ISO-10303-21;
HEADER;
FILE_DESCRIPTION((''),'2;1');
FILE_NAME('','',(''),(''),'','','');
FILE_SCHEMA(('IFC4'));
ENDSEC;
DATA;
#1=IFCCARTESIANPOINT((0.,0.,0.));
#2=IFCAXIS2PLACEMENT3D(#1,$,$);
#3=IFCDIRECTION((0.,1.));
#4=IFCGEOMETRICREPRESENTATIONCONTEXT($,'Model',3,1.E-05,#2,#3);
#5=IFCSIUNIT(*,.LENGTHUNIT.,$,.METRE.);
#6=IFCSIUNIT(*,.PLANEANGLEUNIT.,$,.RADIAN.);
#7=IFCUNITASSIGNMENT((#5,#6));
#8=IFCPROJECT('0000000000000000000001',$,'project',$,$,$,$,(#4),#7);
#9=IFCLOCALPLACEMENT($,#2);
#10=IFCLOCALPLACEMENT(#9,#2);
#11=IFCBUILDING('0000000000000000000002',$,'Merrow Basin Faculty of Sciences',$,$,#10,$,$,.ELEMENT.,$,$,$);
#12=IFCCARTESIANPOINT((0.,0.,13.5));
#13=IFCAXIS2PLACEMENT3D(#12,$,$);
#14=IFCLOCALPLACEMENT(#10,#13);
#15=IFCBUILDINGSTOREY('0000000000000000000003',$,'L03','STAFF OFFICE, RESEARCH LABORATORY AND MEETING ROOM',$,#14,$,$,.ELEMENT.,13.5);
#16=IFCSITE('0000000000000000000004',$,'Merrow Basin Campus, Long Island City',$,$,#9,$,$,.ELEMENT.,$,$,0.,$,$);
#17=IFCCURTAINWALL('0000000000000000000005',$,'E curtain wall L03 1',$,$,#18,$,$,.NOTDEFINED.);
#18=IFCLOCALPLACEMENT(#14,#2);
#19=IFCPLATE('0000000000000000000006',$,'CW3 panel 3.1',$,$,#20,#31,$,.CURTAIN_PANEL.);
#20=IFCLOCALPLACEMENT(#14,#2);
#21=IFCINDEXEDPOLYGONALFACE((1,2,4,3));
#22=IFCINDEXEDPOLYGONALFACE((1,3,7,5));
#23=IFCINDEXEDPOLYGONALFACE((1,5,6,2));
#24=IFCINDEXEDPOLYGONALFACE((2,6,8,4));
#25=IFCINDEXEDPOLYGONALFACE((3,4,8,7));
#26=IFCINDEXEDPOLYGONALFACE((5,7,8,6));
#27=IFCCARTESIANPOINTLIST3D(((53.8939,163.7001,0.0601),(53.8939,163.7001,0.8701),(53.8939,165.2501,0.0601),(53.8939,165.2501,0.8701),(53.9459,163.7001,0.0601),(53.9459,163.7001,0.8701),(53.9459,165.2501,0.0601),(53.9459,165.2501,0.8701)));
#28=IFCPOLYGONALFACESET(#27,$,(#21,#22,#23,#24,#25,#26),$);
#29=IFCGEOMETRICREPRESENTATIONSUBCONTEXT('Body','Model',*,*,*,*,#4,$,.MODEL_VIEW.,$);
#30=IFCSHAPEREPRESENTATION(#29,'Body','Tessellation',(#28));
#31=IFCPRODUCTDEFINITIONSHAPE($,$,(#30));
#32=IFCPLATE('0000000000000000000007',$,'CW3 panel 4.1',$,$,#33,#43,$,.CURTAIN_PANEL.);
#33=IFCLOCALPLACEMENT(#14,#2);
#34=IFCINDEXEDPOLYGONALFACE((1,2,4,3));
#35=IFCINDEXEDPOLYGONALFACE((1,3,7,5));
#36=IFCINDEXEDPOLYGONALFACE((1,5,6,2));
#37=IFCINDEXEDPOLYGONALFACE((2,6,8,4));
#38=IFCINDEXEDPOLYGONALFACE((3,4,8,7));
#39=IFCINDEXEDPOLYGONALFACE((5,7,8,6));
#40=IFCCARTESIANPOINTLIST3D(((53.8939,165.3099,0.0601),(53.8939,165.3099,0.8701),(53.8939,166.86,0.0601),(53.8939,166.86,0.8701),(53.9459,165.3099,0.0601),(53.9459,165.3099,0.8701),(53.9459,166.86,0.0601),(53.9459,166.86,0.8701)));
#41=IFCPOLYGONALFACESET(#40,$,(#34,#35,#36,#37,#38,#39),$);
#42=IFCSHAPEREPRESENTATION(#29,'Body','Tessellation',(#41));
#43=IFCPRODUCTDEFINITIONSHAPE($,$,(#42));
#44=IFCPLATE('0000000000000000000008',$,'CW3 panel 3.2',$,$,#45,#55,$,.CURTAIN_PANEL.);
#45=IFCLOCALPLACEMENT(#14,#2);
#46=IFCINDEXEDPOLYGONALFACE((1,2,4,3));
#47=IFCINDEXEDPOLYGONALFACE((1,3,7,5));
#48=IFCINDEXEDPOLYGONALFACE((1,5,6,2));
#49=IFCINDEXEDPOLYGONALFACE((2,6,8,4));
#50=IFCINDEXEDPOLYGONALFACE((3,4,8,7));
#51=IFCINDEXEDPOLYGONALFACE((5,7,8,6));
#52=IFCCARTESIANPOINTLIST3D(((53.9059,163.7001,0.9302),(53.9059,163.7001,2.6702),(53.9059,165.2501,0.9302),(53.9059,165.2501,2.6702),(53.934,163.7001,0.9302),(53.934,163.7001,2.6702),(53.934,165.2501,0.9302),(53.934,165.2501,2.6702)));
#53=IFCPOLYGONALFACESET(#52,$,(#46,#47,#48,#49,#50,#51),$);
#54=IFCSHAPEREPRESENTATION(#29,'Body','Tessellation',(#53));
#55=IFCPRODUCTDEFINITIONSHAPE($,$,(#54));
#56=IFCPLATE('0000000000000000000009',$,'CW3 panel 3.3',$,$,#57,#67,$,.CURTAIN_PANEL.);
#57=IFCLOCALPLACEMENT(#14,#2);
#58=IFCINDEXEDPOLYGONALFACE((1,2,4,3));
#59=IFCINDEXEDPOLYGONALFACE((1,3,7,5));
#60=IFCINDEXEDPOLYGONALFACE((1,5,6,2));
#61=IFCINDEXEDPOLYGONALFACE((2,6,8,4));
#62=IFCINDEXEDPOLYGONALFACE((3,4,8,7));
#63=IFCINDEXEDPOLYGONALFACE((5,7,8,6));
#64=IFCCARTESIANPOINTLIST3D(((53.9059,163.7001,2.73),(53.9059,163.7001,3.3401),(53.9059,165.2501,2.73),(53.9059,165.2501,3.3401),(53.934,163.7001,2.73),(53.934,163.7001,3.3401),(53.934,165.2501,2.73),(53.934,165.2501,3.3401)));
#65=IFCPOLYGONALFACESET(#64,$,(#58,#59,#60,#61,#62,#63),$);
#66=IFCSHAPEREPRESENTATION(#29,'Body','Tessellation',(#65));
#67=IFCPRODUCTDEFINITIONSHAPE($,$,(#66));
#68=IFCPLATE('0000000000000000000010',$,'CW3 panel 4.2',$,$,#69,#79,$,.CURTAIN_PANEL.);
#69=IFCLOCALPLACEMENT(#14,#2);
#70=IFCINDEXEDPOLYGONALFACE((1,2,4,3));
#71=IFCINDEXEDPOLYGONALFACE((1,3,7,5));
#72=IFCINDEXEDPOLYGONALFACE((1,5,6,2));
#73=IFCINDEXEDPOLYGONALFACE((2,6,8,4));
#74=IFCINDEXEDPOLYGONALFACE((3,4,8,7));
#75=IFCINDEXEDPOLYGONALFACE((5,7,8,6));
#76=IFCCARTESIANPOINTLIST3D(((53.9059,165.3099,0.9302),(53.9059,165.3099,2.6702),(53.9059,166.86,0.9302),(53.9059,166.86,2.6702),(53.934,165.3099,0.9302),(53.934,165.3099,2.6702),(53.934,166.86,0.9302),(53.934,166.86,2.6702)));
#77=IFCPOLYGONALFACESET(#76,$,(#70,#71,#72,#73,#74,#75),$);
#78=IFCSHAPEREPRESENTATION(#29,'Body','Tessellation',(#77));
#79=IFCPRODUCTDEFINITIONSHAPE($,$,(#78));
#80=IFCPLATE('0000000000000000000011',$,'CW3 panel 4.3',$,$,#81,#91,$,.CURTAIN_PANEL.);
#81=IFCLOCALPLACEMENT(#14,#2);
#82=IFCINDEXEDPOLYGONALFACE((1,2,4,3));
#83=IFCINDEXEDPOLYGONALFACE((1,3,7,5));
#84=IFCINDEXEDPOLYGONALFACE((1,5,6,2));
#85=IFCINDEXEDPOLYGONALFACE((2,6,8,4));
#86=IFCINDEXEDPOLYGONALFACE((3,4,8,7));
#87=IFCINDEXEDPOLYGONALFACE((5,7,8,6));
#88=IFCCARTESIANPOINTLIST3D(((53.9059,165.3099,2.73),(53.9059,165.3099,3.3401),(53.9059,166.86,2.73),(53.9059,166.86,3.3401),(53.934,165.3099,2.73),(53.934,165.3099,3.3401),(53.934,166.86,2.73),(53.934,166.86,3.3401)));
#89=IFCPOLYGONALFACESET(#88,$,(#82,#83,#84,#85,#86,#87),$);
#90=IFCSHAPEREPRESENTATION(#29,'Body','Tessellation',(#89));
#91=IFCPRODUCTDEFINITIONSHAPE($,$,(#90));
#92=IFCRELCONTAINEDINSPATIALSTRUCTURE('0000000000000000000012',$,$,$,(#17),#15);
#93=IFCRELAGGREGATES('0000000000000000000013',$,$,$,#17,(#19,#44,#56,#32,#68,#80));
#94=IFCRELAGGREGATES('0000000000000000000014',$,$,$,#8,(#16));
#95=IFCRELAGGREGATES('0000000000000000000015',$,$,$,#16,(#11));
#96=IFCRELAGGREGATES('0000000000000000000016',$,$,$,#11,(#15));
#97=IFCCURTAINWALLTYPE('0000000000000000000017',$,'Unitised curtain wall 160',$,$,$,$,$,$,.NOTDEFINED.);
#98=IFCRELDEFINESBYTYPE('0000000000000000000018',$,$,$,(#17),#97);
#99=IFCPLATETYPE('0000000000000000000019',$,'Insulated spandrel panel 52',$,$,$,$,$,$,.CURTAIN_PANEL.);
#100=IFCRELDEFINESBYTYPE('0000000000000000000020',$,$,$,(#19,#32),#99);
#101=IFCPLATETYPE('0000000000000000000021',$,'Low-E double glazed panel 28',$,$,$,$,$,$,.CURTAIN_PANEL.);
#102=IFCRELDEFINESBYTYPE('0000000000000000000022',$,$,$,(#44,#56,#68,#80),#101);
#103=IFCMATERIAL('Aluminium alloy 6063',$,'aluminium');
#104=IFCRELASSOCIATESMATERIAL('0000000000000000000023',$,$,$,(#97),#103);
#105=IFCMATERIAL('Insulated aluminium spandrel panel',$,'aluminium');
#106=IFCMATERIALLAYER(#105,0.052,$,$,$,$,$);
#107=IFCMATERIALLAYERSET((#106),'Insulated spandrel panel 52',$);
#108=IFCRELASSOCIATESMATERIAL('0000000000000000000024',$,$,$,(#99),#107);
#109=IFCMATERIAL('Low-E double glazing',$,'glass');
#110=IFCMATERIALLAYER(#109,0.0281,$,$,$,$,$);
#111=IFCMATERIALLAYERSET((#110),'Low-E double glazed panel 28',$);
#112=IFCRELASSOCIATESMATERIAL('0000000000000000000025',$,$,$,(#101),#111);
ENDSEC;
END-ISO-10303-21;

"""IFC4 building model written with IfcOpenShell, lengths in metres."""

from ifc_helpers import new_model, si_unit, direction, frame, origin, origin_2d, place, context, subcontext, project, spatial, rectangle, extrude, material, layer, layer_set, type_object, element, aggregate, save


model = new_model("IFC4")

# Units and contexts
model_context = context("Model", 3, precision=1e-05, world=origin(), true_north=direction((0.0, 1.0)))
body_context = subcontext(model_context, "Body", "Model", "MODEL_VIEW")
ifc_project = project(units=[si_unit("LENGTHUNIT", "METRE"), si_unit("PLANEANGLEUNIT", "RADIAN")], contexts=[model_context])

# Site, building, storey
site_placement = place(None, origin())
site = spatial("IfcSite", under=ifc_project, at=site_placement, Name="Merrow Basin Campus, Long Island City", CompositionType="ELEMENT", RefElevation=0.0)
building_placement = place(site_placement, origin())
building = spatial("IfcBuilding", under=site, at=building_placement, Name="Merrow Basin Faculty of Sciences", CompositionType="ELEMENT")
storey_placement = place(building_placement, frame((0.0, 0.0, 13.5)))
storey = spatial("IfcBuildingStorey", under=building, at=storey_placement, Name="L03", Description="STAFF OFFICE, RESEARCH LABORATORY AND MEETING ROOM", CompositionType="ELEMENT", Elevation=13.5)

# Curtain wall, plates
ifc_material_1 = material(Name="Aluminium alloy 6063", Category="aluminium")
curtain_wall_type = type_object("IfcCurtainWallType", Name="Unitised curtain wall 160", PredefinedType="NOTDEFINED", material=ifc_material_1)
curtain_wall_placement = place(storey_placement, origin())
curtain_wall = element("IfcCurtainWall", 1, at=curtain_wall_placement, inside=storey, type_object=curtain_wall_type, Name="E curtain wall L03 1", PredefinedType="NOTDEFINED")
ifc_material_2 = material(Name="Insulated aluminium spandrel panel", Category="aluminium")
ifc_layer_1 = layer(ifc_material_2, 0.052)
ifc_layer_set_1 = layer_set([ifc_layer_1], Name="Insulated spandrel panel 52")
plate_type_1 = type_object("IfcPlateType", Name="Insulated spandrel panel 52", PredefinedType="CURTAIN_PANEL", material=ifc_layer_set_1)
plate_1_placement = place(storey_placement, frame((53.9199, 164.4751, 0.0601), z_axis=(0.0, 0.0, 1.0), x_axis=(0.0, 1.0, 0.0)))
plate_1 = element("IfcPlate", 2, at=plate_1_placement, type_object=plate_type_1, Name="CW3 panel 3.1", PredefinedType="CURTAIN_PANEL", context=body_context, shape_type="SweptSolid", body=[
    extrude(rectangle(XDim=1.55, YDim=0.052, at=origin_2d()), origin(), (0.0, 0.0, 1.0), 0.8101),
])
plate_2_placement = place(storey_placement, frame((53.9199, 166.085, 0.0601), z_axis=(0.0, 0.0, 1.0), x_axis=(0.0, 1.0, 0.0)))
plate_2 = element("IfcPlate", 3, at=plate_2_placement, type_object=plate_type_1, Name="CW3 panel 4.1", PredefinedType="CURTAIN_PANEL", context=body_context, shape_type="SweptSolid", body=[
    extrude(rectangle(XDim=1.55, YDim=0.052, at=origin_2d()), origin(), (0.0, 0.0, 1.0), 0.8101),
])
ifc_material_3 = material(Name="Low-E double glazing", Category="glass")
ifc_layer_2 = layer(ifc_material_3, 0.0281)
ifc_layer_set_2 = layer_set([ifc_layer_2], Name="Low-E double glazed panel 28")
plate_type_2 = type_object("IfcPlateType", Name="Low-E double glazed panel 28", PredefinedType="CURTAIN_PANEL", material=ifc_layer_set_2)
plate_3_placement = place(storey_placement, frame((53.9199, 164.4751, 0.9302), z_axis=(0.0, 0.0, 1.0), x_axis=(0.0, 1.0, 0.0)))
plate_3 = element("IfcPlate", 4, at=plate_3_placement, type_object=plate_type_2, Name="CW3 panel 3.2", PredefinedType="CURTAIN_PANEL", context=body_context, shape_type="SweptSolid", body=[
    extrude(rectangle(XDim=1.55, YDim=0.0281, at=origin_2d()), origin(), (0.0, 0.0, 1.0), 1.74),
])
plate_4_placement = place(storey_placement, frame((53.9199, 164.4751, 2.73), z_axis=(0.0, 0.0, 1.0), x_axis=(0.0, 1.0, 0.0)))
plate_4 = element("IfcPlate", 5, at=plate_4_placement, type_object=plate_type_2, Name="CW3 panel 3.3", PredefinedType="CURTAIN_PANEL", context=body_context, shape_type="SweptSolid", body=[
    extrude(rectangle(XDim=1.55, YDim=0.0281, at=origin_2d()), origin(), (0.0, 0.0, 1.0), 0.6101),
])
plate_5_placement = place(storey_placement, frame((53.9199, 166.085, 0.9302), z_axis=(0.0, 0.0, 1.0), x_axis=(0.0, 1.0, 0.0)))
plate_5 = element("IfcPlate", 6, at=plate_5_placement, type_object=plate_type_2, Name="CW3 panel 4.2", PredefinedType="CURTAIN_PANEL", context=body_context, shape_type="SweptSolid", body=[
    extrude(rectangle(XDim=1.55, YDim=0.0281, at=origin_2d()), origin(), (0.0, 0.0, 1.0), 1.74),
])
plate_6_placement = place(storey_placement, frame((53.9199, 166.085, 2.73), z_axis=(0.0, 0.0, 1.0), x_axis=(0.0, 1.0, 0.0)))
plate_6 = element("IfcPlate", 7, at=plate_6_placement, type_object=plate_type_2, Name="CW3 panel 4.3", PredefinedType="CURTAIN_PANEL", context=body_context, shape_type="SweptSolid", body=[
    extrude(rectangle(XDim=1.55, YDim=0.0281, at=origin_2d()), origin(), (0.0, 0.0, 1.0), 0.6101),
])
aggregate(curtain_wall, [plate_1, plate_3, plate_4, plate_2, plate_5, plate_6])

save(model, "model.ifc")
